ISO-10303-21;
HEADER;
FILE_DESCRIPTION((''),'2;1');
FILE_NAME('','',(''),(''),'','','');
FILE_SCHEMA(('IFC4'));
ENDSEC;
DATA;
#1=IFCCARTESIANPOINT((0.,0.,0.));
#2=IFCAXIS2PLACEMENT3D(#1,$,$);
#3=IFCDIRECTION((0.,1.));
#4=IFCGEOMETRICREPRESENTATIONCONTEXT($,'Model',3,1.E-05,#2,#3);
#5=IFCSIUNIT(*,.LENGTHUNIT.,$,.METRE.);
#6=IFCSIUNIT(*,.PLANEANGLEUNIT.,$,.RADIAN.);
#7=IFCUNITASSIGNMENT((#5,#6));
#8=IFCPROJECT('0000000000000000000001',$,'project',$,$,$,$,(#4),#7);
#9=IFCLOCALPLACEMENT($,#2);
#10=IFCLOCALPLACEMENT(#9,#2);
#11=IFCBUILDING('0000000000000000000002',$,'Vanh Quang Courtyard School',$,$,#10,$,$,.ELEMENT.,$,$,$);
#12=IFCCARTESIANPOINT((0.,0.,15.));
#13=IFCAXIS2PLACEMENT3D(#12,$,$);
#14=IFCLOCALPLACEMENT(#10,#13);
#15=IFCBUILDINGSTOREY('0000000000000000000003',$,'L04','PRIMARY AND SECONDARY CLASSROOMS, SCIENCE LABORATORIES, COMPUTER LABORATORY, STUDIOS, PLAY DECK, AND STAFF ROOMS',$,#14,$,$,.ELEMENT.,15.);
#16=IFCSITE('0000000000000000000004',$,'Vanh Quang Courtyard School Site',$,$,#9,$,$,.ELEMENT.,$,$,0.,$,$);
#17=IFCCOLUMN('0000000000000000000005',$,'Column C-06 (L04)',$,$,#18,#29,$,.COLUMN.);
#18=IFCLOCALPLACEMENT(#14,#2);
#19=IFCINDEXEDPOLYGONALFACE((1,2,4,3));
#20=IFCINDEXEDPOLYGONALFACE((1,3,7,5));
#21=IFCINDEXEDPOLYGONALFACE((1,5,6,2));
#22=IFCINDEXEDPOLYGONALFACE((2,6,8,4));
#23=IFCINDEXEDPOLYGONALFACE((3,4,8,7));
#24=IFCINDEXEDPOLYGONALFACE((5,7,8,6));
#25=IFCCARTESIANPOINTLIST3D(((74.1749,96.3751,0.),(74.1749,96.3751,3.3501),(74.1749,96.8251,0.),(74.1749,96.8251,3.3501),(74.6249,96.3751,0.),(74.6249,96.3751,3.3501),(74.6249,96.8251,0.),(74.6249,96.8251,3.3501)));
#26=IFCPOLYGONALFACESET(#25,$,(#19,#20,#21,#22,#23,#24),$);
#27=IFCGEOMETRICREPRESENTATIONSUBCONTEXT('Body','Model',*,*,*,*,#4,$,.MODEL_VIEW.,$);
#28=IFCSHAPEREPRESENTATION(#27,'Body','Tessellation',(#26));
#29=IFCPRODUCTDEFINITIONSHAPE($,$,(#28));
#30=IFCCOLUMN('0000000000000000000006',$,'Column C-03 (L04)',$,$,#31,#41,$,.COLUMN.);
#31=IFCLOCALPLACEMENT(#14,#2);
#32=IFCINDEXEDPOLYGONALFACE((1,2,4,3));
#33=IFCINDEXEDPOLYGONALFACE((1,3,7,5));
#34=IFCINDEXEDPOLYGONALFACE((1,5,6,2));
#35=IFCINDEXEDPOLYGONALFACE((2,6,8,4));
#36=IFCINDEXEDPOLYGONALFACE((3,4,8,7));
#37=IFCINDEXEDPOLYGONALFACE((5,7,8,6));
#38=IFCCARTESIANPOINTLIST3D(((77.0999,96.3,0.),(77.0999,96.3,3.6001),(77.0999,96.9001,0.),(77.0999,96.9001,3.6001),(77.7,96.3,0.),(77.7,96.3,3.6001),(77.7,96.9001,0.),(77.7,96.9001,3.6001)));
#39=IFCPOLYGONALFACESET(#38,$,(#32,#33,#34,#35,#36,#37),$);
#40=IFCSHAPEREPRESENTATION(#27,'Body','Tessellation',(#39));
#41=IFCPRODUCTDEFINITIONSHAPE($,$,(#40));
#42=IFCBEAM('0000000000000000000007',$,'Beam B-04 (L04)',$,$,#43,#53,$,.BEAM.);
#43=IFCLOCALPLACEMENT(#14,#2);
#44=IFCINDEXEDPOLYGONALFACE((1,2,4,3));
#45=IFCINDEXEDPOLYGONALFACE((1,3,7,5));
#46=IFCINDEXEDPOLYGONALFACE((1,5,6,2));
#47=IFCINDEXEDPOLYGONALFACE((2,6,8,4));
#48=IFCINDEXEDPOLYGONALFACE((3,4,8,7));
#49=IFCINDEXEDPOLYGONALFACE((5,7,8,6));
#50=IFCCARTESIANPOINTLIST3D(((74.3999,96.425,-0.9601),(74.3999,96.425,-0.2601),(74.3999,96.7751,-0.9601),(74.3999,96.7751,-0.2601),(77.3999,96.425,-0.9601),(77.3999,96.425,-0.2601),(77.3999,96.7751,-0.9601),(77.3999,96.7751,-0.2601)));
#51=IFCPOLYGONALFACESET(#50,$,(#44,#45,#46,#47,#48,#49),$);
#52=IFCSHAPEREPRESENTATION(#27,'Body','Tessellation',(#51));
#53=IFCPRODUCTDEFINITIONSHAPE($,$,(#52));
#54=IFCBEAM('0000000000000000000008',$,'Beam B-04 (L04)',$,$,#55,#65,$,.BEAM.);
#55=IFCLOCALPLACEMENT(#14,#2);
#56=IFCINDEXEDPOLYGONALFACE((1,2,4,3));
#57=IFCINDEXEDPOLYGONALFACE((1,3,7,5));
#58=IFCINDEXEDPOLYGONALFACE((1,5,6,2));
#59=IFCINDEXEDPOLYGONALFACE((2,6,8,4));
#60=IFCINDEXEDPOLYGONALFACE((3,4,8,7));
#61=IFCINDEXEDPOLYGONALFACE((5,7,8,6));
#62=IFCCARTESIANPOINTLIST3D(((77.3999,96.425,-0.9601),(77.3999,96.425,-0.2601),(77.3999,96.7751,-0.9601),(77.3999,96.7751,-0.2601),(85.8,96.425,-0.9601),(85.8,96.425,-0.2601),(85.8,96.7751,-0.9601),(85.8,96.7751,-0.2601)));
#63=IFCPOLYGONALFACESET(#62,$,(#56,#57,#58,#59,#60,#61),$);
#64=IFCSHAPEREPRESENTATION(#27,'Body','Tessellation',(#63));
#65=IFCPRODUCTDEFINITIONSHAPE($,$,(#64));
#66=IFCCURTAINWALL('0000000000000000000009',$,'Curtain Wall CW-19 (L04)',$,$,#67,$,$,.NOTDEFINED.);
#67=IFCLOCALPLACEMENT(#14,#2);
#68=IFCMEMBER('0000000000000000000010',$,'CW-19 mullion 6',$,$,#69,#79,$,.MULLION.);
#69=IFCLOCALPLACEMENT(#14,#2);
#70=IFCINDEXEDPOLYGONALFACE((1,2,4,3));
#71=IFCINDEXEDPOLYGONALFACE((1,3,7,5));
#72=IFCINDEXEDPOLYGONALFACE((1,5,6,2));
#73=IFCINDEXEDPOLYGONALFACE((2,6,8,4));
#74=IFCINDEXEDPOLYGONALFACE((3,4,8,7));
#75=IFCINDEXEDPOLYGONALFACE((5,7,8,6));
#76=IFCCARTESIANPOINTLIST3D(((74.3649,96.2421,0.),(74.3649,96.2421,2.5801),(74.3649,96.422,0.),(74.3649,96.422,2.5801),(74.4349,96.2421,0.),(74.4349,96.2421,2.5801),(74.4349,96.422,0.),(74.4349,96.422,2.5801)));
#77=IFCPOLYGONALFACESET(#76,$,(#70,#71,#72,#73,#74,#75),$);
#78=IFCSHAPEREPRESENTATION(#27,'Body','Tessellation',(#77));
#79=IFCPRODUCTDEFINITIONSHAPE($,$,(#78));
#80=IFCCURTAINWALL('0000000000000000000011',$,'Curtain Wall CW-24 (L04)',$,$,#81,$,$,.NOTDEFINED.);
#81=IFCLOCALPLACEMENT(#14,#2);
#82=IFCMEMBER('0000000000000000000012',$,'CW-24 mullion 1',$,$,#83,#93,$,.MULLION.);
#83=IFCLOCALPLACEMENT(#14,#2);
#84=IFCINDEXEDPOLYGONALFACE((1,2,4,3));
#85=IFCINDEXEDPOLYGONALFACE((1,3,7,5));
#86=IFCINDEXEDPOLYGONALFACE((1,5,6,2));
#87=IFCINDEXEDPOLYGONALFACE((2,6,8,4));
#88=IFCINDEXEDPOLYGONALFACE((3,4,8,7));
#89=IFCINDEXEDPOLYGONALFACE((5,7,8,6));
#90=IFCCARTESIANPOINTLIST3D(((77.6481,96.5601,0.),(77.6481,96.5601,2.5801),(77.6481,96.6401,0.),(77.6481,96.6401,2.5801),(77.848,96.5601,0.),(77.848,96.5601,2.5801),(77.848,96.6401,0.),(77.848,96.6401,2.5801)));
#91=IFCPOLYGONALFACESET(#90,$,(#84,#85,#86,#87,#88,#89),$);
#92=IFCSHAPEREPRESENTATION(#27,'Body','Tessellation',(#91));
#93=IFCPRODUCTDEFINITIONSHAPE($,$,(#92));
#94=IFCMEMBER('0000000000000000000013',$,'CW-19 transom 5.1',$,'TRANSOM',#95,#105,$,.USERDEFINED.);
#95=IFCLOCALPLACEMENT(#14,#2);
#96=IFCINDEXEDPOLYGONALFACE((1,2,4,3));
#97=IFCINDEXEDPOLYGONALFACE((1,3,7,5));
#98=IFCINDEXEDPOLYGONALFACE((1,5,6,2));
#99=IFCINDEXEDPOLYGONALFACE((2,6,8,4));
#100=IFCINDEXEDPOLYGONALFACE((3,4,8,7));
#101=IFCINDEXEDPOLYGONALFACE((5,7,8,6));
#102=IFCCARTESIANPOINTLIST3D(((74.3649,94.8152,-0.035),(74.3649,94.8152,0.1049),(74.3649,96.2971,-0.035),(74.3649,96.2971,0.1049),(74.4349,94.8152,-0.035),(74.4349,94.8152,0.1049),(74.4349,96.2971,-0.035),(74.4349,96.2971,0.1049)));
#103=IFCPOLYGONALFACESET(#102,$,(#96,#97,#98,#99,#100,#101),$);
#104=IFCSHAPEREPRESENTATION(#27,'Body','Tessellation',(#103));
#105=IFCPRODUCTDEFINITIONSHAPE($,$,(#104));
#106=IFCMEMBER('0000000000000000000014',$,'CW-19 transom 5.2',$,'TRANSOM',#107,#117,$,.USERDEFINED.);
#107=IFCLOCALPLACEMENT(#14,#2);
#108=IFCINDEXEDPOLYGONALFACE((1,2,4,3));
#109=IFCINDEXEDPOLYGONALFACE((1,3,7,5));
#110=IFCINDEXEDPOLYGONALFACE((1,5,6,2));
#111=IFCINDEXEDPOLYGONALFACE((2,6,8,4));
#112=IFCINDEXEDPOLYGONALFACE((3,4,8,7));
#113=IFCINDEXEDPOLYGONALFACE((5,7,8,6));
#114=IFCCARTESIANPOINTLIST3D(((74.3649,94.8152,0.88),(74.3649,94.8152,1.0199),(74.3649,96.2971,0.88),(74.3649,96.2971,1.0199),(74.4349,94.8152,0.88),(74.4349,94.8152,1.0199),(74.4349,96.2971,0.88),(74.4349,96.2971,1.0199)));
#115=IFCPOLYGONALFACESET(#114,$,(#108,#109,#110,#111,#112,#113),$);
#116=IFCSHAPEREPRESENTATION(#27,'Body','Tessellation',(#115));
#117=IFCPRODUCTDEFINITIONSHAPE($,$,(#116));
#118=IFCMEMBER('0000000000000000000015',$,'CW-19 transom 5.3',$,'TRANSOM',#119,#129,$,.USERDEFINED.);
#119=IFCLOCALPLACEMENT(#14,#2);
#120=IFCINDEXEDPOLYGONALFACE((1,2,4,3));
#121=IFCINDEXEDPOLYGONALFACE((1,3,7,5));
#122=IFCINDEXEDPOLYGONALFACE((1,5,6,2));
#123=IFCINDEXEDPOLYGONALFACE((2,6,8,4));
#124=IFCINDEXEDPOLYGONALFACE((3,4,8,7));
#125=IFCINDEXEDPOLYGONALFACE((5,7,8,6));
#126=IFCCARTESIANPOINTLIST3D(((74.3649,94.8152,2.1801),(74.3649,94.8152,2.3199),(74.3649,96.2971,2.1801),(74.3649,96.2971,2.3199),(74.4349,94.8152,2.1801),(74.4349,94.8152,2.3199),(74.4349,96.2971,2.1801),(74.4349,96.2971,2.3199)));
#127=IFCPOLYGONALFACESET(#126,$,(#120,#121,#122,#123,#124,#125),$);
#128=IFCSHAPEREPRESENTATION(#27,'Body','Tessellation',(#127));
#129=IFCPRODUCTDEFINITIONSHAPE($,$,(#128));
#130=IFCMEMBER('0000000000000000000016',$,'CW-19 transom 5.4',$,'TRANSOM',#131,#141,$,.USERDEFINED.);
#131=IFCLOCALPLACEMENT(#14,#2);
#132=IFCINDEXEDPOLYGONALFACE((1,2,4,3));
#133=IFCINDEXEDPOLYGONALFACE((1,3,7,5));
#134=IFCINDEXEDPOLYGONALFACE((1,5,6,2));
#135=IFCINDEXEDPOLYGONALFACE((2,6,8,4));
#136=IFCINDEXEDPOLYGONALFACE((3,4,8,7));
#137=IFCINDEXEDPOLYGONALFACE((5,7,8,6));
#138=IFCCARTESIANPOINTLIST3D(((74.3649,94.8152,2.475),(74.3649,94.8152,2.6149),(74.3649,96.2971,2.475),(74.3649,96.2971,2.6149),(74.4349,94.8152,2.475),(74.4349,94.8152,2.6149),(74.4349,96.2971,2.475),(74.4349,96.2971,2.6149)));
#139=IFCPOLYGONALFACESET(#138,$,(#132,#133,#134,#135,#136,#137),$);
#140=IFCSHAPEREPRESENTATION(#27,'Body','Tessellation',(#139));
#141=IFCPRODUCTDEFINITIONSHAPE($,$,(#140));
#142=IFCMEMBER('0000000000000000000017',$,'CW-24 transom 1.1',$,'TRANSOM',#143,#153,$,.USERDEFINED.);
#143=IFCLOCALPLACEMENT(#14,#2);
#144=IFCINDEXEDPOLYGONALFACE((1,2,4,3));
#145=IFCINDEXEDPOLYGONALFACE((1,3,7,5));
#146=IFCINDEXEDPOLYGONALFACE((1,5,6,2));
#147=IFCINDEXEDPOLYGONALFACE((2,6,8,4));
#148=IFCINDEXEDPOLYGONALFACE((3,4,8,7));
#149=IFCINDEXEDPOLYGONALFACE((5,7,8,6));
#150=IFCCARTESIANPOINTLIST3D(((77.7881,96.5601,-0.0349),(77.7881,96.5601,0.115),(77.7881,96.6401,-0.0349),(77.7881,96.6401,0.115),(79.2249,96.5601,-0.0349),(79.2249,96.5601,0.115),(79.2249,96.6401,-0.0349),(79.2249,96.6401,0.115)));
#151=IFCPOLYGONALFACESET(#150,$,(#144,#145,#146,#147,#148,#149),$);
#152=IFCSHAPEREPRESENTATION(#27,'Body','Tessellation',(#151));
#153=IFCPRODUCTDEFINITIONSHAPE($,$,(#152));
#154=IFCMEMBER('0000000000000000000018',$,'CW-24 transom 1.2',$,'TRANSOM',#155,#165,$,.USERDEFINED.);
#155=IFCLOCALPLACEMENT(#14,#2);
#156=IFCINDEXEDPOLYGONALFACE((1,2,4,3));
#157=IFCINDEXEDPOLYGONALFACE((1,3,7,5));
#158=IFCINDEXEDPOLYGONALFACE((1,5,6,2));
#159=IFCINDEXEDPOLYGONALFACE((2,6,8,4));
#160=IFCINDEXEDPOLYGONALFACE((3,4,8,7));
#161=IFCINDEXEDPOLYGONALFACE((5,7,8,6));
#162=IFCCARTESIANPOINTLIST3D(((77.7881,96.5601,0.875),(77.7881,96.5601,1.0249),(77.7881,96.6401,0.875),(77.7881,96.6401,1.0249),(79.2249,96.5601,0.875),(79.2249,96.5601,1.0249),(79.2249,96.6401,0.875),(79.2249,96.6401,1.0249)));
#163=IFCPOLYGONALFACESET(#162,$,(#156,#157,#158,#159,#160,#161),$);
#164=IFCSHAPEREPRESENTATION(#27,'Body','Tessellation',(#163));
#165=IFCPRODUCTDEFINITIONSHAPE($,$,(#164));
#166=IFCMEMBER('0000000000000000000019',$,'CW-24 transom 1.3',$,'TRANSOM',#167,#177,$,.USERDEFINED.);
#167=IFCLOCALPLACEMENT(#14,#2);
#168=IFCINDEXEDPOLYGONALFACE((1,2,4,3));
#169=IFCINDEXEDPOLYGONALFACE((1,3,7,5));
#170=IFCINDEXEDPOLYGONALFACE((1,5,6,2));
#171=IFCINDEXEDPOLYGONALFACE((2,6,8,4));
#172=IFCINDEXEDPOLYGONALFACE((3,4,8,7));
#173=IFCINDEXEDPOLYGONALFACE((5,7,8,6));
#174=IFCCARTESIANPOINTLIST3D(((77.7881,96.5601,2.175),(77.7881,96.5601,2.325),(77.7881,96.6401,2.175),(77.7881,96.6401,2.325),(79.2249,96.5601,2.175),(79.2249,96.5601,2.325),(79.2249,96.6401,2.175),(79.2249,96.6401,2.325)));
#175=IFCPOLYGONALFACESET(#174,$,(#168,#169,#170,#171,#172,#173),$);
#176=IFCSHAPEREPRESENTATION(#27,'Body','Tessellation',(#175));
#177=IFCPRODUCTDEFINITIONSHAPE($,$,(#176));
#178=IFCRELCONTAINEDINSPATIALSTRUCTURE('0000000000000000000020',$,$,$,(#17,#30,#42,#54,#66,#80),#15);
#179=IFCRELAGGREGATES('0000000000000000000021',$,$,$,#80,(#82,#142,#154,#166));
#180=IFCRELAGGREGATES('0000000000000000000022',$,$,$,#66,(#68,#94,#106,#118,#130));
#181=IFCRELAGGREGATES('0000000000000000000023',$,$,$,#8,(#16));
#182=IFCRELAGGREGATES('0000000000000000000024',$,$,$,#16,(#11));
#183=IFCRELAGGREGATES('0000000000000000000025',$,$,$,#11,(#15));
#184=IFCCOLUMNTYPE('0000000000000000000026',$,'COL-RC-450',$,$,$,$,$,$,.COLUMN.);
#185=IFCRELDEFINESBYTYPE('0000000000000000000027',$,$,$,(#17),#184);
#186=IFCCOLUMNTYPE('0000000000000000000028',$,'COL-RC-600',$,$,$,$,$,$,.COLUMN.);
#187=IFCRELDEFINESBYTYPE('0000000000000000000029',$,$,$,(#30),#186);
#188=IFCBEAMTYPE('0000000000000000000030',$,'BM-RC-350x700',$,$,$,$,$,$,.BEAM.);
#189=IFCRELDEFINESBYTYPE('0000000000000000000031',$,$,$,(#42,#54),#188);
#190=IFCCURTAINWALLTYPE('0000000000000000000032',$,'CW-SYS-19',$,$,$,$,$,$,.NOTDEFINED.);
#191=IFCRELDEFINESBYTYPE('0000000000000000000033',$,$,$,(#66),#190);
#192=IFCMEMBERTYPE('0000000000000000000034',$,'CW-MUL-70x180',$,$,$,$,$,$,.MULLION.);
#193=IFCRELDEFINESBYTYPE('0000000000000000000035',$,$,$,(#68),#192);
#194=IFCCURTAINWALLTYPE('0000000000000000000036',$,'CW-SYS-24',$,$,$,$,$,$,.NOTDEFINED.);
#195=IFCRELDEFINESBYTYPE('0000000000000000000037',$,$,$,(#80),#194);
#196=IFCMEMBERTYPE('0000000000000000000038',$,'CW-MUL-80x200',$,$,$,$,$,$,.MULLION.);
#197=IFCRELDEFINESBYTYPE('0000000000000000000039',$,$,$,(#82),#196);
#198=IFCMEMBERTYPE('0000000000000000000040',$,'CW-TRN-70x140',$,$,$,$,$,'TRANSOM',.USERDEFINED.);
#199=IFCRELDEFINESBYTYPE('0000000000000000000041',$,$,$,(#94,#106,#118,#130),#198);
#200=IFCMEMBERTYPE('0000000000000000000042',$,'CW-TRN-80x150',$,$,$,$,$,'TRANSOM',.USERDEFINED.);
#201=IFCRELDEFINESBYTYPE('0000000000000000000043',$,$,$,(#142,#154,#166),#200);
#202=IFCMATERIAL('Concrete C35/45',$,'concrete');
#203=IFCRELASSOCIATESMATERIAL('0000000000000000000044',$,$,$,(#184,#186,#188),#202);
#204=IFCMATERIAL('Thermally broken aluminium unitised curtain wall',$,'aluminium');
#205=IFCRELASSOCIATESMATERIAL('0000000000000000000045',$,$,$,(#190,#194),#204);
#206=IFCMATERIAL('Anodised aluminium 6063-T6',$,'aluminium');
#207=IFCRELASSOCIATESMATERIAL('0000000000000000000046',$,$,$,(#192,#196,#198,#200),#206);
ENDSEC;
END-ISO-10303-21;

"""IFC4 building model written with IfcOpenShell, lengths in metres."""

from ifc_helpers import new_model, si_unit, direction, frame, origin, origin_2d, place, context, subcontext, project, spatial, rectangle, extrude, material, material_profile, profile_set, type_object, element, aggregate, save


model = new_model("IFC4")

# Units and contexts
model_context = context("Model", 3, precision=1e-05, world=origin(), true_north=direction((0.0, 1.0)))
body_context = subcontext(model_context, "Body", "Model", "MODEL_VIEW")
ifc_project = project(units=[si_unit("LENGTHUNIT", "METRE"), si_unit("PLANEANGLEUNIT", "RADIAN")], contexts=[model_context])

# Site, building, storey
site_placement = place(None, origin())
site = spatial("IfcSite", under=ifc_project, at=site_placement, Name="Vanh Quang Courtyard School Site", CompositionType="ELEMENT", RefElevation=0.0)
building_placement = place(site_placement, origin())
building = spatial("IfcBuilding", under=site, at=building_placement, Name="Vanh Quang Courtyard School", CompositionType="ELEMENT")
storey_placement = place(building_placement, frame((0.0, 0.0, 15.0)))
storey = spatial("IfcBuildingStorey", under=building, at=storey_placement, Name="L04", Description="PRIMARY AND SECONDARY CLASSROOMS, SCIENCE LABORATORIES, COMPUTER LABORATORY, STUDIOS, PLAY DECK, AND STAFF ROOMS", CompositionType="ELEMENT", Elevation=15.0)

# Columns
ifc_material_1 = material(Name="Concrete C35/45", Category="concrete")
ifc_material_profile_1 = material_profile(ifc_material_1, rectangle(XDim=0.45, YDim=0.45, at=origin_2d()), Name="RC-COL 450x450")
ifc_profile_set_1 = profile_set([ifc_material_profile_1], Name="Concrete C35/45")
column_type_1 = type_object("IfcColumnType", Name="COL-RC-450", PredefinedType="COLUMN", material=ifc_profile_set_1)
column_1_placement = place(storey_placement, frame((74.3999, 96.6001, 0.0), z_axis=(0.0, 0.0, 1.0), x_axis=(1.0, 0.0, 0.0)))
element("IfcColumn", 1, at=column_1_placement, inside=storey, type_object=column_type_1, Name="Column C-06 (L04)", PredefinedType="COLUMN", context=body_context, shape_type="SweptSolid", body=[
    extrude(rectangle(XDim=0.45, YDim=0.45, at=origin_2d()), origin(), (0.0, 0.0, 1.0), 3.3501),
])
ifc_material_profile_2 = material_profile(ifc_material_1, rectangle(XDim=0.6001, YDim=0.6001, at=origin_2d()), Name="RC-COL 600x600")
ifc_profile_set_2 = profile_set([ifc_material_profile_2], Name="Concrete C35/45")
column_type_2 = type_object("IfcColumnType", Name="COL-RC-600", PredefinedType="COLUMN", material=ifc_profile_set_2)
column_2_placement = place(storey_placement, frame((77.3999, 96.6001, 0.0), z_axis=(0.0, 0.0, 1.0), x_axis=(1.0, 0.0, 0.0)))
element("IfcColumn", 2, at=column_2_placement, inside=storey, type_object=column_type_2, Name="Column C-03 (L04)", PredefinedType="COLUMN", context=body_context, shape_type="SweptSolid", body=[
    extrude(rectangle(XDim=0.6001, YDim=0.6001, at=origin_2d()), origin(), (0.0, 0.0, 1.0), 3.6001),
])

# Beams
ifc_material_profile_3 = material_profile(ifc_material_1, rectangle(XDim=0.3501, YDim=0.7, at=origin_2d()), Name="RC-BM 350x700")
ifc_profile_set_3 = profile_set([ifc_material_profile_3], Name="Concrete C35/45")
beam_type = type_object("IfcBeamType", Name="BM-RC-350x700", PredefinedType="BEAM", material=ifc_profile_set_3)
beam_1_placement = place(storey_placement, frame((74.3999, 96.6001, -0.6101), z_axis=(1.0, 0.0, 0.0), x_axis=(0.0, 1.0, 0.0)))
element("IfcBeam", 3, at=beam_1_placement, inside=storey, type_object=beam_type, Name="Beam B-04 (L04)", PredefinedType="BEAM", context=body_context, shape_type="SweptSolid", body=[
    extrude(rectangle(XDim=0.3501, YDim=0.7, at=origin_2d()), origin(), (0.0, 0.0, 1.0), 3.0),
])
beam_2_placement = place(storey_placement, frame((77.3999, 96.6001, -0.6101), z_axis=(1.0, 0.0, 0.0), x_axis=(0.0, 1.0, 0.0)))
element("IfcBeam", 4, at=beam_2_placement, inside=storey, type_object=beam_type, Name="Beam B-04 (L04)", PredefinedType="BEAM", context=body_context, shape_type="SweptSolid", body=[
    extrude(rectangle(XDim=0.3501, YDim=0.7, at=origin_2d()), origin(), (0.0, 0.0, 1.0), 8.4001),
])

# Curtain walls, members
ifc_material_2 = material(Name="Thermally broken aluminium unitised curtain wall", Category="aluminium")
curtain_wall_type_1 = type_object("IfcCurtainWallType", Name="CW-SYS-19", PredefinedType="NOTDEFINED", material=ifc_material_2)
curtain_wall_1_placement = place(storey_placement, origin())
curtain_wall_1 = element("IfcCurtainWall", 5, at=curtain_wall_1_placement, inside=storey, type_object=curtain_wall_type_1, Name="Curtain Wall CW-19 (L04)", PredefinedType="NOTDEFINED")
ifc_material_3 = material(Name="Anodised aluminium 6063-T6", Category="aluminium")
ifc_material_profile_4 = material_profile(ifc_material_3, rectangle(XDim=0.0701, YDim=0.1799, at=origin_2d()), Name="ALU-MUL 70x180")
ifc_profile_set_4 = profile_set([ifc_material_profile_4], Name="Anodised aluminium 6063-T6")
member_type_1 = type_object("IfcMemberType", Name="CW-MUL-70x180", PredefinedType="MULLION", material=ifc_profile_set_4)
member_1_placement = place(storey_placement, frame((74.3999, 96.332, 0.0), z_axis=(0.0, 0.0, 1.0), x_axis=(-1.0, 0.0, 0.0)))
member_1 = element("IfcMember", 6, at=member_1_placement, type_object=member_type_1, Name="CW-19 mullion 6", PredefinedType="MULLION", context=body_context, shape_type="SweptSolid", body=[
    extrude(rectangle(XDim=0.0701, YDim=0.1799, at=origin_2d()), origin(), (0.0, 0.0, 1.0), 2.5801),
])
curtain_wall_type_2 = type_object("IfcCurtainWallType", Name="CW-SYS-24", PredefinedType="NOTDEFINED", material=ifc_material_2)
curtain_wall_2_placement = place(storey_placement, origin())
curtain_wall_2 = element("IfcCurtainWall", 7, at=curtain_wall_2_placement, inside=storey, type_object=curtain_wall_type_2, Name="Curtain Wall CW-24 (L04)", PredefinedType="NOTDEFINED")
ifc_material_profile_5 = material_profile(ifc_material_3, rectangle(XDim=0.0801, YDim=0.2, at=origin_2d()), Name="ALU-MUL 80x200")
ifc_profile_set_5 = profile_set([ifc_material_profile_5], Name="Anodised aluminium 6063-T6")
member_type_2 = type_object("IfcMemberType", Name="CW-MUL-80x200", PredefinedType="MULLION", material=ifc_profile_set_5)
member_2_placement = place(storey_placement, frame((77.748, 96.6001, 0.0), z_axis=(0.0, 0.0, 1.0), x_axis=(0.0, 1.0, 0.0)))
member_2 = element("IfcMember", 8, at=member_2_placement, type_object=member_type_2, Name="CW-24 mullion 1", PredefinedType="MULLION", context=body_context, shape_type="SweptSolid", body=[
    extrude(rectangle(XDim=0.0801, YDim=0.2, at=origin_2d()), origin(), (0.0, 0.0, 1.0), 2.5801),
])

# Members
ifc_material_profile_6 = material_profile(ifc_material_3, rectangle(XDim=0.0701, YDim=0.1399, at=origin_2d()), Name="ALU-TRN 70x140")
ifc_profile_set_6 = profile_set([ifc_material_profile_6], Name="Anodised aluminium 6063-T6")
member_type_3 = type_object("IfcMemberType", Name="CW-TRN-70x140", ElementType="TRANSOM", PredefinedType="USERDEFINED", material=ifc_profile_set_6)
member_3_placement = place(storey_placement, frame((74.3999, 94.8152, 0.0349), z_axis=(0.0, 1.0, 0.0), x_axis=(-1.0, 0.0, 0.0)))
member_3 = element("IfcMember", 9, at=member_3_placement, type_object=member_type_3, Name="CW-19 transom 5.1", ObjectType="TRANSOM", PredefinedType="USERDEFINED", context=body_context, shape_type="SweptSolid", body=[
    extrude(rectangle(XDim=0.0701, YDim=0.1399, at=origin_2d()), origin(), (0.0, 0.0, 1.0), 1.4819),
])
member_4_placement = place(storey_placement, frame((74.3999, 94.8152, 0.95), z_axis=(0.0, 1.0, 0.0), x_axis=(-1.0, 0.0, 0.0)))
member_4 = element("IfcMember", 10, at=member_4_placement, type_object=member_type_3, Name="CW-19 transom 5.2", ObjectType="TRANSOM", PredefinedType="USERDEFINED", context=body_context, shape_type="SweptSolid", body=[
    extrude(rectangle(XDim=0.0701, YDim=0.1399, at=origin_2d()), origin(), (0.0, 0.0, 1.0), 1.4819),
])
member_5_placement = place(storey_placement, frame((74.3999, 94.8152, 2.25), z_axis=(0.0, 1.0, 0.0), x_axis=(-1.0, 0.0, 0.0)))
member_5 = element("IfcMember", 11, at=member_5_placement, type_object=member_type_3, Name="CW-19 transom 5.3", ObjectType="TRANSOM", PredefinedType="USERDEFINED", context=body_context, shape_type="SweptSolid", body=[
    extrude(rectangle(XDim=0.0701, YDim=0.1399, at=origin_2d()), origin(), (0.0, 0.0, 1.0), 1.4819),
])
member_6_placement = place(storey_placement, frame((74.3999, 94.8152, 2.5449), z_axis=(0.0, 1.0, 0.0), x_axis=(-1.0, 0.0, 0.0)))
member_6 = element("IfcMember", 12, at=member_6_placement, type_object=member_type_3, Name="CW-19 transom 5.4", ObjectType="TRANSOM", PredefinedType="USERDEFINED", context=body_context, shape_type="SweptSolid", body=[
    extrude(rectangle(XDim=0.0701, YDim=0.1399, at=origin_2d()), origin(), (0.0, 0.0, 1.0), 1.4819),
])
ifc_material_profile_7 = material_profile(ifc_material_3, rectangle(XDim=0.0801, YDim=0.1499, at=origin_2d()), Name="ALU-TRN 80x150")
ifc_profile_set_7 = profile_set([ifc_material_profile_7], Name="Anodised aluminium 6063-T6")
member_type_4 = type_object("IfcMemberType", Name="CW-TRN-80x150", ElementType="TRANSOM", PredefinedType="USERDEFINED", material=ifc_profile_set_7)
member_7_placement = place(storey_placement, frame((77.7881, 96.6001, 0.04), z_axis=(1.0, 0.0, 0.0), x_axis=(0.0, 1.0, 0.0)))
member_7 = element("IfcMember", 13, at=member_7_placement, type_object=member_type_4, Name="CW-24 transom 1.1", ObjectType="TRANSOM", PredefinedType="USERDEFINED", context=body_context, shape_type="SweptSolid", body=[
    extrude(rectangle(XDim=0.0801, YDim=0.1499, at=origin_2d()), origin(), (0.0, 0.0, 1.0), 1.4368),
])
member_8_placement = place(storey_placement, frame((77.7881, 96.6001, 0.95), z_axis=(1.0, 0.0, 0.0), x_axis=(0.0, 1.0, 0.0)))
member_8 = element("IfcMember", 14, at=member_8_placement, type_object=member_type_4, Name="CW-24 transom 1.2", ObjectType="TRANSOM", PredefinedType="USERDEFINED", context=body_context, shape_type="SweptSolid", body=[
    extrude(rectangle(XDim=0.0801, YDim=0.1499, at=origin_2d()), origin(), (0.0, 0.0, 1.0), 1.4368),
])
member_9_placement = place(storey_placement, frame((77.7881, 96.6001, 2.25), z_axis=(1.0, 0.0, 0.0), x_axis=(0.0, 1.0, 0.0)))
member_9 = element("IfcMember", 15, at=member_9_placement, type_object=member_type_4, Name="CW-24 transom 1.3", ObjectType="TRANSOM", PredefinedType="USERDEFINED", context=body_context, shape_type="SweptSolid", body=[
    extrude(rectangle(XDim=0.0801, YDim=0.1499, at=origin_2d()), origin(), (0.0, 0.0, 1.0), 1.4368),
])

aggregate(curtain_wall_2, [member_2, member_7, member_8, member_9])
aggregate(curtain_wall_1, [member_1, member_3, member_4, member_5, member_6])

save(model, "model.ifc")
